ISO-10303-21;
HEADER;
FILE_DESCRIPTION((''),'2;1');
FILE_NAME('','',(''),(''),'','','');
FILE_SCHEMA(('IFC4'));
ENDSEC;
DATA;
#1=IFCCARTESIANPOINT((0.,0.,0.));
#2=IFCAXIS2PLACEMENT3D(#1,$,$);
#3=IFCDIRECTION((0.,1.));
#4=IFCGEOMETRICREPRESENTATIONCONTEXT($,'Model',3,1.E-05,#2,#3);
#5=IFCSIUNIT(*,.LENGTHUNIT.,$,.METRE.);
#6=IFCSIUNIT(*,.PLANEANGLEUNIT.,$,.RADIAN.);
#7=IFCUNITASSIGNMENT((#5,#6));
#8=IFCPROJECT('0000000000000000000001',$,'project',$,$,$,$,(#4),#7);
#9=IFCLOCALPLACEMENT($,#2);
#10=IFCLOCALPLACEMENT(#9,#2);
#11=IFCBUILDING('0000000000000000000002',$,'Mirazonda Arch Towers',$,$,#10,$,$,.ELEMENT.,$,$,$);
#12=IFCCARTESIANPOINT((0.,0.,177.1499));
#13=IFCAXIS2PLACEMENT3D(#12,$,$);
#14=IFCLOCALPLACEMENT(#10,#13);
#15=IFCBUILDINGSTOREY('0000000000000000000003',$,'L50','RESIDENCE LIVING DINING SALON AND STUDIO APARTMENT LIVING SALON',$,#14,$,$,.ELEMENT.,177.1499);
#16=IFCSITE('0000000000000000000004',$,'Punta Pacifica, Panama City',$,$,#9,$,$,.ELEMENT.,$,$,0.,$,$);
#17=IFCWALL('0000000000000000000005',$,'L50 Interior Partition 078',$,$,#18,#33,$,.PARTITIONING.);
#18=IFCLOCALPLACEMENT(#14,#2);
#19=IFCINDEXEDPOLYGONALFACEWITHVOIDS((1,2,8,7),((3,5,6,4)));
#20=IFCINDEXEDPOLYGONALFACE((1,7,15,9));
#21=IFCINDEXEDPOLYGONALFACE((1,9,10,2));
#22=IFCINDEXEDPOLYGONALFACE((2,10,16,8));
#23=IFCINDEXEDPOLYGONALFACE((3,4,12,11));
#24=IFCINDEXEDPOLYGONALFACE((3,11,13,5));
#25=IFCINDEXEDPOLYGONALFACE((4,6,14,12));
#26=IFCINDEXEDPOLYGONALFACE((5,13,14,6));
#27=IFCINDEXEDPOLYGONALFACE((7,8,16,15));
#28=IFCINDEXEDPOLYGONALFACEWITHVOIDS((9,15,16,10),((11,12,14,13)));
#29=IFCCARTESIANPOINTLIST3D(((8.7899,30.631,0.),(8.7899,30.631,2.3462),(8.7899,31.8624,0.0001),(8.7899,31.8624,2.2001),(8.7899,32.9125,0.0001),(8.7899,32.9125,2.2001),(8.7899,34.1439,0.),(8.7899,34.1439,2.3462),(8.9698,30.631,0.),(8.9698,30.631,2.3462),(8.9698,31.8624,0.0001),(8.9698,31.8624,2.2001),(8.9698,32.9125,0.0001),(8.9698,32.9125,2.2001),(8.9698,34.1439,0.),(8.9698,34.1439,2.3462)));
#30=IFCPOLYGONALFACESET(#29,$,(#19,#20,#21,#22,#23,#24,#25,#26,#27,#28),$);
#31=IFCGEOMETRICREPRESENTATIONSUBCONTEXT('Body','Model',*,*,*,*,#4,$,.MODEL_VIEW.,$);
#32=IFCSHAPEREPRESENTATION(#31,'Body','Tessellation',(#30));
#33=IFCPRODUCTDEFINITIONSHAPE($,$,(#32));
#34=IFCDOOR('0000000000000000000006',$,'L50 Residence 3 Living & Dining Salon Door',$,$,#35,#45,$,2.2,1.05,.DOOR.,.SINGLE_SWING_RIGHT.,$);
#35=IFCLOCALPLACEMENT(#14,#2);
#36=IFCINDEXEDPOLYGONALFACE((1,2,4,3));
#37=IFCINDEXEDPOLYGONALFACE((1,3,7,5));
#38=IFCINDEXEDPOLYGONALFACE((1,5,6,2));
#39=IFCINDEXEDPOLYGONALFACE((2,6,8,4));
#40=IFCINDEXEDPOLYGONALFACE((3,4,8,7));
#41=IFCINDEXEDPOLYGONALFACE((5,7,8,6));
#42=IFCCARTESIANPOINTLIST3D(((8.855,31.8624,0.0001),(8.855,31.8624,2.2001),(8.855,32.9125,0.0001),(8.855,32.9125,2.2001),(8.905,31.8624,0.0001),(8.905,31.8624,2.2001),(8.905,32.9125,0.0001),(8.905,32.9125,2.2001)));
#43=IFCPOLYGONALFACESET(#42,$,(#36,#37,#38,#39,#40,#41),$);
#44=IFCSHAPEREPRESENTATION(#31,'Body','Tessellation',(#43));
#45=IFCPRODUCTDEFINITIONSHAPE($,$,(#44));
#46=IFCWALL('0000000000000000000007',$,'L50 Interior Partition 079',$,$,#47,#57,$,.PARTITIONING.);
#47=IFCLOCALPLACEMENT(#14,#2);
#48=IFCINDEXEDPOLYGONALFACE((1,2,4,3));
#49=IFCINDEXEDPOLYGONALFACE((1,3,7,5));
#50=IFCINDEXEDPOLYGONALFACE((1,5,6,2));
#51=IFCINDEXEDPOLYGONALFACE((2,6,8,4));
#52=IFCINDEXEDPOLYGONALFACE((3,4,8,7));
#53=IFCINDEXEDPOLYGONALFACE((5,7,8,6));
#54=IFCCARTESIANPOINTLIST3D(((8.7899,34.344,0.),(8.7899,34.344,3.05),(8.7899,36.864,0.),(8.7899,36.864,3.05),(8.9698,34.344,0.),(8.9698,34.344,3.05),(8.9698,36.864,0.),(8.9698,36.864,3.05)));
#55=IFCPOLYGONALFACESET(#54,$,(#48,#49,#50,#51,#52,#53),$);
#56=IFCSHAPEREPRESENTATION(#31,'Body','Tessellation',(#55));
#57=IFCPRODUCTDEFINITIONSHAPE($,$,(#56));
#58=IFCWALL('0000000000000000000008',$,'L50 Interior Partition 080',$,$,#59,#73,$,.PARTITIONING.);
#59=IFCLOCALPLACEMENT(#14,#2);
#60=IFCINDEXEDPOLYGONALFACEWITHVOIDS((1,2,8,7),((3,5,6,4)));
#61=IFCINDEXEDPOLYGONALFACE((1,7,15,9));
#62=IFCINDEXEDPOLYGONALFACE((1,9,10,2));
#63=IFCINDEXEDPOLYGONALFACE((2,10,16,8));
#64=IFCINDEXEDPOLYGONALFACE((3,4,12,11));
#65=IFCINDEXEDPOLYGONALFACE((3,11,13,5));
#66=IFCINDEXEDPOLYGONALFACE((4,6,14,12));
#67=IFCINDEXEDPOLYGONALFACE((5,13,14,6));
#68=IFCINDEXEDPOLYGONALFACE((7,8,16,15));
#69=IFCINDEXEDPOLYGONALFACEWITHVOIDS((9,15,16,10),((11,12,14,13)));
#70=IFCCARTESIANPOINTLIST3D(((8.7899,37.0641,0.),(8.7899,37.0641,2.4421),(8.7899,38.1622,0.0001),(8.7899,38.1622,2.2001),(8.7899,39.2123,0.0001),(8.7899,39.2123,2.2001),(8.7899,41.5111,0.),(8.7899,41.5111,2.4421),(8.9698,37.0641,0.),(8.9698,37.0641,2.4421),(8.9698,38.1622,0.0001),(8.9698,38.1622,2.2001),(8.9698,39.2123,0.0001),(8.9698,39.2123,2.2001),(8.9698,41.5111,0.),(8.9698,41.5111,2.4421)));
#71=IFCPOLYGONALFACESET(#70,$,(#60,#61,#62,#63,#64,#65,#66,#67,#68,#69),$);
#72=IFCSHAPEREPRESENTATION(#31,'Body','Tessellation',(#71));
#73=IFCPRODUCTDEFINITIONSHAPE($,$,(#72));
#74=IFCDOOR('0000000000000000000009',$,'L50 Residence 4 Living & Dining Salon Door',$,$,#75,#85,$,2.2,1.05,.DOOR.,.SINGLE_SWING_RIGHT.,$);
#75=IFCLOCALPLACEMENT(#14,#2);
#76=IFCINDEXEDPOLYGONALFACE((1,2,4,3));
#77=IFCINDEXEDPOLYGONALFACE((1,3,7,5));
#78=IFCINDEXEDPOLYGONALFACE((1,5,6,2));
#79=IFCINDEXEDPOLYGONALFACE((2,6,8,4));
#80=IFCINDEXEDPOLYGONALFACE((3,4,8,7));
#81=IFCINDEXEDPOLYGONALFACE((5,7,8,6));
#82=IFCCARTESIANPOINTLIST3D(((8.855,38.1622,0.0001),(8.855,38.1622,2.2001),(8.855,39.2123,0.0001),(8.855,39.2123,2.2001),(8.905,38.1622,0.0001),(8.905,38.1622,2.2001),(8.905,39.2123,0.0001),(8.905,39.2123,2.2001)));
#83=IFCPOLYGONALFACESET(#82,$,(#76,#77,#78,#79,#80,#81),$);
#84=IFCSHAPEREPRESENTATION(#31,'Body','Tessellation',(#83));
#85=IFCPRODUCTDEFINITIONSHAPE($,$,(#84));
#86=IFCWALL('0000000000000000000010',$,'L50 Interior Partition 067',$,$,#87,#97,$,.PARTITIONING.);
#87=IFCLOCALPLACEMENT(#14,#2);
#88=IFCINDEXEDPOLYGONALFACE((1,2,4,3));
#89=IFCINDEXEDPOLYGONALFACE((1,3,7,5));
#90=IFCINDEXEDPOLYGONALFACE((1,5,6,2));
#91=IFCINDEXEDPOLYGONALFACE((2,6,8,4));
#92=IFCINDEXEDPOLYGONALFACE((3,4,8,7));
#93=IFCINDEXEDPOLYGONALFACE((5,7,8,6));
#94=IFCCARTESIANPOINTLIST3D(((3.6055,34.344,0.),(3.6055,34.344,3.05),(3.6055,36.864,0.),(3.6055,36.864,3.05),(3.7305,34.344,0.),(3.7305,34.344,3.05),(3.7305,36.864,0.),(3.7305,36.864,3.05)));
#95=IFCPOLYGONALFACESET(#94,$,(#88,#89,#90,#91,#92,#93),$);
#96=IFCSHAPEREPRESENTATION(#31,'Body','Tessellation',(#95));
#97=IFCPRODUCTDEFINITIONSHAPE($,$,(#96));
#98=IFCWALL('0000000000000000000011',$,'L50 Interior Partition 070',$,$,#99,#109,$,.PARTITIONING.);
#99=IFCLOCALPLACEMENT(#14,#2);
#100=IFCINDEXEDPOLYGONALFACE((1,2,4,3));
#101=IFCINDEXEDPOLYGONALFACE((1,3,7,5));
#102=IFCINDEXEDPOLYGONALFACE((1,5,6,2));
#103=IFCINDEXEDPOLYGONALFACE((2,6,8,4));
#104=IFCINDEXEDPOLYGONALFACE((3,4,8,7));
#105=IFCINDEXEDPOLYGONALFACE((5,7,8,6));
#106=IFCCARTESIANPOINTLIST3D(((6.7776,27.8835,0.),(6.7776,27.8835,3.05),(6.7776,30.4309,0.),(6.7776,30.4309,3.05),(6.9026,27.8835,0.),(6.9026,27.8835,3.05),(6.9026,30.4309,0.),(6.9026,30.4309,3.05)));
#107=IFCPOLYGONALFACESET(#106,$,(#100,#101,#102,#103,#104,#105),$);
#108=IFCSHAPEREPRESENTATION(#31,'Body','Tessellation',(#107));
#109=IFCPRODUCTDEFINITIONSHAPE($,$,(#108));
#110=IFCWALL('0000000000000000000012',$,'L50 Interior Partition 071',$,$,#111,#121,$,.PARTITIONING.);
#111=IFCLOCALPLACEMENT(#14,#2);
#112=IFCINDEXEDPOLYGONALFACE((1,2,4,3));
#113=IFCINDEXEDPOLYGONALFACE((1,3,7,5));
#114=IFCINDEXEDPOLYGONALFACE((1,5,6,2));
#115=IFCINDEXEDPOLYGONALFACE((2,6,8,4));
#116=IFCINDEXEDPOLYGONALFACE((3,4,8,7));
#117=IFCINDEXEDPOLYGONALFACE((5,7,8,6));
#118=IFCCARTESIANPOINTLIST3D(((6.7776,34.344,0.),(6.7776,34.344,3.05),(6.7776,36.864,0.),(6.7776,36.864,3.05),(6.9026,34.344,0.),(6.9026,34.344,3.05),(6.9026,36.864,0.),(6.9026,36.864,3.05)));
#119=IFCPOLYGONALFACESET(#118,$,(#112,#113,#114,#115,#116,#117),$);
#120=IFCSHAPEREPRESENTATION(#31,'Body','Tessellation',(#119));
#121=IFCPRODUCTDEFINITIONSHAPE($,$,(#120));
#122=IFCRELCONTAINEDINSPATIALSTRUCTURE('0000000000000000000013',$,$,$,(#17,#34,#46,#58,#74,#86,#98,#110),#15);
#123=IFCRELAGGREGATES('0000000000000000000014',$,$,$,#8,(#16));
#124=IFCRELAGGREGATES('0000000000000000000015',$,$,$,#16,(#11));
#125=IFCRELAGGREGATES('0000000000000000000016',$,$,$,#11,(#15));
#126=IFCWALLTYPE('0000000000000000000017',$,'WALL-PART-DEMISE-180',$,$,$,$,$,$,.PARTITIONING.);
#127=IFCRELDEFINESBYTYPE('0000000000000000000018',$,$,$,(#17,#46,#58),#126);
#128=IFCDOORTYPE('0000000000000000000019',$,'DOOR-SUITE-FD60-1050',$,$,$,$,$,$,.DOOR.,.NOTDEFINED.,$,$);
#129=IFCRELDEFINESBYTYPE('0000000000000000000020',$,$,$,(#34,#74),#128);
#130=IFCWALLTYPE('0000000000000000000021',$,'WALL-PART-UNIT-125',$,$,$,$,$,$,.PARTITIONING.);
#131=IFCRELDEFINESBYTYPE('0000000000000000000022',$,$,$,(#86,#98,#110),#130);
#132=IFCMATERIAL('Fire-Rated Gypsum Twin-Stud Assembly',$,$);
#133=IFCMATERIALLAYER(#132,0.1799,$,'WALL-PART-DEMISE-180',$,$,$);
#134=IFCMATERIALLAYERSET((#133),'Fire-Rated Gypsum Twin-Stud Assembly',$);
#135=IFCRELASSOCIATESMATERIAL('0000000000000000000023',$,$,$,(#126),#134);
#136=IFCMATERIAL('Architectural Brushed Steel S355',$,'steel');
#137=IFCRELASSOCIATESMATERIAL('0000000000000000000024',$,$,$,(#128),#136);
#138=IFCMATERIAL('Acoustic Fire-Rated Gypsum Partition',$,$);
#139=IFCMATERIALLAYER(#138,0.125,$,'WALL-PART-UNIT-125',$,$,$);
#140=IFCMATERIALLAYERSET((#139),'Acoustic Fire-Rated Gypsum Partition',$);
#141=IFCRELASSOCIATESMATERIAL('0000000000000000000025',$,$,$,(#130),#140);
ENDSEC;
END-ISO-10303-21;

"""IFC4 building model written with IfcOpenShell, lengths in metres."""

from ifc_helpers import new_model, si_unit, direction, frame, frame_2d, origin, place, context, subcontext, project, spatial, rectangle, extrude, material, layer, layer_set, type_object, element, fill, save


model = new_model("IFC4")

# Units and contexts
model_context = context("Model", 3, precision=1e-05, world=origin(), true_north=direction((0.0, 1.0)))
body_context = subcontext(model_context, "Body", "Model", "MODEL_VIEW")
ifc_project = project(units=[si_unit("LENGTHUNIT", "METRE"), si_unit("PLANEANGLEUNIT", "RADIAN")], contexts=[model_context])

# Site, building, storey
site_placement = place(None, origin())
site = spatial("IfcSite", under=ifc_project, at=site_placement, Name="Punta Pacifica, Panama City", CompositionType="ELEMENT", RefElevation=0.0)
building_placement = place(site_placement, origin())
building = spatial("IfcBuilding", under=site, at=building_placement, Name="Mirazonda Arch Towers", CompositionType="ELEMENT")
storey_placement = place(building_placement, frame((0.0, 0.0, 177.1499)))
storey = spatial("IfcBuildingStorey", under=building, at=storey_placement, Name="L50", Description="RESIDENCE LIVING DINING SALON AND STUDIO APARTMENT LIVING SALON", CompositionType="ELEMENT", Elevation=177.1499)

# Shared definitions
ifc_material_1 = material(Name="Architectural Brushed Steel S355", Category="steel")

# Shared definitions
ifc_material_2 = material(Name="Fire-Rated Gypsum Twin-Stud Assembly")
ifc_layer_1 = layer(ifc_material_2, 0.1799, Name="WALL-PART-DEMISE-180")
ifc_layer_set_1 = layer_set([ifc_layer_1], Name="Fire-Rated Gypsum Twin-Stud Assembly")
wall_type_1 = type_object("IfcWallType", Name="WALL-PART-DEMISE-180", PredefinedType="PARTITIONING", material=ifc_layer_set_1)

# Wall, opening, door
wall_1_placement = place(storey_placement, frame((8.8799, 30.6311, 0.0), z_axis=(0.0, 0.0, 1.0), x_axis=(0.0, 1.0, 0.0)))
wall_1 = element("IfcWall", 1, at=wall_1_placement, inside=storey, type_object=wall_type_1, Name="L50 Interior Partition 078", PredefinedType="PARTITIONING", context=body_context, shape_type="SweptSolid", body=[
    extrude(rectangle(XDim=3.5129, YDim=0.1799, at=frame_2d((1.7563, 0.0))), origin(), (0.0, 0.0, 1.0), 2.3462),
])
opening_1_placement = place(wall_1_placement, frame((1.2314, 0.0, 0.0)))
opening_1 = element("IfcOpeningElement", 2, at=opening_1_placement, cuts=wall_1, PredefinedType="OPENING", context=body_context, shape_type="SweptSolid", body=[
    extrude(rectangle(XDim=1.05, YDim=2.2, at=frame_2d((0.5249, 1.1001))), frame((0.0, 0.0999, 0.0), z_axis=(0.0, -1.0, 0.0), x_axis=(1.0, 0.0, 0.0)), (0.0, 0.0, 1.0), 0.2),
])
door_type_1 = type_object("IfcDoorType", Name="DOOR-SUITE-FD60-1050", OperationType="NOTDEFINED", PredefinedType="DOOR", material=ifc_material_1)
door_1_placement = place(opening_1_placement, origin())
door_1 = element("IfcDoor", 3, at=door_1_placement, inside=storey, type_object=door_type_1, Name="L50 Residence 3 Living & Dining Salon Door", OperationType="SINGLE_SWING_RIGHT", OverallHeight=2.2, OverallWidth=1.05, PredefinedType="DOOR", context=body_context, shape_type="SweptSolid", body=[
    extrude(rectangle(XDim=1.05, YDim=2.2, at=frame_2d((0.5249, 1.1001))), frame((0.0, 0.0249, 0.0), z_axis=(0.0, -1.0, 0.0), x_axis=(1.0, 0.0, 0.0)), (0.0, 0.0, 1.0), 0.05),
])
fill(opening_1, door_1)

# Wall
wall_2_placement = place(storey_placement, frame((8.8799, 34.344, 0.0), z_axis=(0.0, 0.0, 1.0), x_axis=(0.0, 1.0, 0.0)))
element("IfcWall", 4, at=wall_2_placement, inside=storey, type_object=wall_type_1, Name="L50 Interior Partition 079", PredefinedType="PARTITIONING", context=body_context, shape_type="SweptSolid", body=[
    extrude(rectangle(XDim=2.52, YDim=0.1799, at=frame_2d((1.26, 0.0))), origin(), (0.0, 0.0, 1.0), 3.05),
])

# Wall, opening, door
wall_3_placement = place(storey_placement, frame((8.8799, 37.064, 0.0), z_axis=(0.0, 0.0, 1.0), x_axis=(0.0, 1.0, 0.0)))
wall_3 = element("IfcWall", 5, at=wall_3_placement, inside=storey, type_object=wall_type_1, Name="L50 Interior Partition 080", PredefinedType="PARTITIONING", context=body_context, shape_type="SweptSolid", body=[
    extrude(rectangle(XDim=4.447, YDim=0.1799, at=frame_2d((2.2236, 0.0))), origin(), (0.0, 0.0, 1.0), 2.4421),
])
opening_2_placement = place(wall_3_placement, frame((1.0984, 0.0, 0.0)))
opening_2 = element("IfcOpeningElement", 6, at=opening_2_placement, cuts=wall_3, PredefinedType="OPENING", context=body_context, shape_type="SweptSolid", body=[
    extrude(rectangle(XDim=1.05, YDim=2.2, at=frame_2d((0.5249, 1.1001))), frame((0.0, 0.0999, 0.0), z_axis=(0.0, -1.0, 0.0), x_axis=(1.0, 0.0, 0.0)), (0.0, 0.0, 1.0), 0.2),
])
door_2_placement = place(opening_2_placement, origin())
door_2 = element("IfcDoor", 7, at=door_2_placement, inside=storey, type_object=door_type_1, Name="L50 Residence 4 Living & Dining Salon Door", OperationType="SINGLE_SWING_RIGHT", OverallHeight=2.2, OverallWidth=1.05, PredefinedType="DOOR", context=body_context, shape_type="SweptSolid", body=[
    extrude(rectangle(XDim=1.05, YDim=2.2, at=frame_2d((0.5249, 1.1001))), frame((0.0, 0.0249, 0.0), z_axis=(0.0, -1.0, 0.0), x_axis=(1.0, 0.0, 0.0)), (0.0, 0.0, 1.0), 0.05),
])
fill(opening_2, door_2)

# Walls
ifc_material_3 = material(Name="Acoustic Fire-Rated Gypsum Partition")
ifc_layer_2 = layer(ifc_material_3, 0.125, Name="WALL-PART-UNIT-125")
ifc_layer_set_2 = layer_set([ifc_layer_2], Name="Acoustic Fire-Rated Gypsum Partition")
wall_type_2 = type_object("IfcWallType", Name="WALL-PART-UNIT-125", PredefinedType="PARTITIONING", material=ifc_layer_set_2)
wall_4_placement = place(storey_placement, frame((3.668, 34.344, 0.0), z_axis=(0.0, 0.0, 1.0), x_axis=(0.0, 1.0, 0.0)))
element("IfcWall", 8, at=wall_4_placement, inside=storey, type_object=wall_type_2, Name="L50 Interior Partition 067", PredefinedType="PARTITIONING", context=body_context, shape_type="SweptSolid", body=[
    extrude(rectangle(XDim=2.52, YDim=0.125, at=frame_2d((1.26, 0.0))), origin(), (0.0, 0.0, 1.0), 3.05),
])
wall_5_placement = place(storey_placement, frame((6.8401, 27.8835, 0.0), z_axis=(0.0, 0.0, 1.0), x_axis=(0.0, 1.0, 0.0)))
element("IfcWall", 9, at=wall_5_placement, inside=storey, type_object=wall_type_2, Name="L50 Interior Partition 070", PredefinedType="PARTITIONING", context=body_context, shape_type="SweptSolid", body=[
    extrude(rectangle(XDim=2.5474, YDim=0.125, at=frame_2d((1.2737, 0.0))), origin(), (0.0, 0.0, 1.0), 3.05),
])
wall_6_placement = place(storey_placement, frame((6.8401, 34.344, 0.0), z_axis=(0.0, 0.0, 1.0), x_axis=(0.0, 1.0, 0.0)))
element("IfcWall", 10, at=wall_6_placement, inside=storey, type_object=wall_type_2, Name="L50 Interior Partition 071", PredefinedType="PARTITIONING", context=body_context, shape_type="SweptSolid", body=[
    extrude(rectangle(XDim=2.52, YDim=0.125, at=frame_2d((1.26, 0.0))), origin(), (0.0, 0.0, 1.0), 3.05),
])

save(model, "model.ifc")
